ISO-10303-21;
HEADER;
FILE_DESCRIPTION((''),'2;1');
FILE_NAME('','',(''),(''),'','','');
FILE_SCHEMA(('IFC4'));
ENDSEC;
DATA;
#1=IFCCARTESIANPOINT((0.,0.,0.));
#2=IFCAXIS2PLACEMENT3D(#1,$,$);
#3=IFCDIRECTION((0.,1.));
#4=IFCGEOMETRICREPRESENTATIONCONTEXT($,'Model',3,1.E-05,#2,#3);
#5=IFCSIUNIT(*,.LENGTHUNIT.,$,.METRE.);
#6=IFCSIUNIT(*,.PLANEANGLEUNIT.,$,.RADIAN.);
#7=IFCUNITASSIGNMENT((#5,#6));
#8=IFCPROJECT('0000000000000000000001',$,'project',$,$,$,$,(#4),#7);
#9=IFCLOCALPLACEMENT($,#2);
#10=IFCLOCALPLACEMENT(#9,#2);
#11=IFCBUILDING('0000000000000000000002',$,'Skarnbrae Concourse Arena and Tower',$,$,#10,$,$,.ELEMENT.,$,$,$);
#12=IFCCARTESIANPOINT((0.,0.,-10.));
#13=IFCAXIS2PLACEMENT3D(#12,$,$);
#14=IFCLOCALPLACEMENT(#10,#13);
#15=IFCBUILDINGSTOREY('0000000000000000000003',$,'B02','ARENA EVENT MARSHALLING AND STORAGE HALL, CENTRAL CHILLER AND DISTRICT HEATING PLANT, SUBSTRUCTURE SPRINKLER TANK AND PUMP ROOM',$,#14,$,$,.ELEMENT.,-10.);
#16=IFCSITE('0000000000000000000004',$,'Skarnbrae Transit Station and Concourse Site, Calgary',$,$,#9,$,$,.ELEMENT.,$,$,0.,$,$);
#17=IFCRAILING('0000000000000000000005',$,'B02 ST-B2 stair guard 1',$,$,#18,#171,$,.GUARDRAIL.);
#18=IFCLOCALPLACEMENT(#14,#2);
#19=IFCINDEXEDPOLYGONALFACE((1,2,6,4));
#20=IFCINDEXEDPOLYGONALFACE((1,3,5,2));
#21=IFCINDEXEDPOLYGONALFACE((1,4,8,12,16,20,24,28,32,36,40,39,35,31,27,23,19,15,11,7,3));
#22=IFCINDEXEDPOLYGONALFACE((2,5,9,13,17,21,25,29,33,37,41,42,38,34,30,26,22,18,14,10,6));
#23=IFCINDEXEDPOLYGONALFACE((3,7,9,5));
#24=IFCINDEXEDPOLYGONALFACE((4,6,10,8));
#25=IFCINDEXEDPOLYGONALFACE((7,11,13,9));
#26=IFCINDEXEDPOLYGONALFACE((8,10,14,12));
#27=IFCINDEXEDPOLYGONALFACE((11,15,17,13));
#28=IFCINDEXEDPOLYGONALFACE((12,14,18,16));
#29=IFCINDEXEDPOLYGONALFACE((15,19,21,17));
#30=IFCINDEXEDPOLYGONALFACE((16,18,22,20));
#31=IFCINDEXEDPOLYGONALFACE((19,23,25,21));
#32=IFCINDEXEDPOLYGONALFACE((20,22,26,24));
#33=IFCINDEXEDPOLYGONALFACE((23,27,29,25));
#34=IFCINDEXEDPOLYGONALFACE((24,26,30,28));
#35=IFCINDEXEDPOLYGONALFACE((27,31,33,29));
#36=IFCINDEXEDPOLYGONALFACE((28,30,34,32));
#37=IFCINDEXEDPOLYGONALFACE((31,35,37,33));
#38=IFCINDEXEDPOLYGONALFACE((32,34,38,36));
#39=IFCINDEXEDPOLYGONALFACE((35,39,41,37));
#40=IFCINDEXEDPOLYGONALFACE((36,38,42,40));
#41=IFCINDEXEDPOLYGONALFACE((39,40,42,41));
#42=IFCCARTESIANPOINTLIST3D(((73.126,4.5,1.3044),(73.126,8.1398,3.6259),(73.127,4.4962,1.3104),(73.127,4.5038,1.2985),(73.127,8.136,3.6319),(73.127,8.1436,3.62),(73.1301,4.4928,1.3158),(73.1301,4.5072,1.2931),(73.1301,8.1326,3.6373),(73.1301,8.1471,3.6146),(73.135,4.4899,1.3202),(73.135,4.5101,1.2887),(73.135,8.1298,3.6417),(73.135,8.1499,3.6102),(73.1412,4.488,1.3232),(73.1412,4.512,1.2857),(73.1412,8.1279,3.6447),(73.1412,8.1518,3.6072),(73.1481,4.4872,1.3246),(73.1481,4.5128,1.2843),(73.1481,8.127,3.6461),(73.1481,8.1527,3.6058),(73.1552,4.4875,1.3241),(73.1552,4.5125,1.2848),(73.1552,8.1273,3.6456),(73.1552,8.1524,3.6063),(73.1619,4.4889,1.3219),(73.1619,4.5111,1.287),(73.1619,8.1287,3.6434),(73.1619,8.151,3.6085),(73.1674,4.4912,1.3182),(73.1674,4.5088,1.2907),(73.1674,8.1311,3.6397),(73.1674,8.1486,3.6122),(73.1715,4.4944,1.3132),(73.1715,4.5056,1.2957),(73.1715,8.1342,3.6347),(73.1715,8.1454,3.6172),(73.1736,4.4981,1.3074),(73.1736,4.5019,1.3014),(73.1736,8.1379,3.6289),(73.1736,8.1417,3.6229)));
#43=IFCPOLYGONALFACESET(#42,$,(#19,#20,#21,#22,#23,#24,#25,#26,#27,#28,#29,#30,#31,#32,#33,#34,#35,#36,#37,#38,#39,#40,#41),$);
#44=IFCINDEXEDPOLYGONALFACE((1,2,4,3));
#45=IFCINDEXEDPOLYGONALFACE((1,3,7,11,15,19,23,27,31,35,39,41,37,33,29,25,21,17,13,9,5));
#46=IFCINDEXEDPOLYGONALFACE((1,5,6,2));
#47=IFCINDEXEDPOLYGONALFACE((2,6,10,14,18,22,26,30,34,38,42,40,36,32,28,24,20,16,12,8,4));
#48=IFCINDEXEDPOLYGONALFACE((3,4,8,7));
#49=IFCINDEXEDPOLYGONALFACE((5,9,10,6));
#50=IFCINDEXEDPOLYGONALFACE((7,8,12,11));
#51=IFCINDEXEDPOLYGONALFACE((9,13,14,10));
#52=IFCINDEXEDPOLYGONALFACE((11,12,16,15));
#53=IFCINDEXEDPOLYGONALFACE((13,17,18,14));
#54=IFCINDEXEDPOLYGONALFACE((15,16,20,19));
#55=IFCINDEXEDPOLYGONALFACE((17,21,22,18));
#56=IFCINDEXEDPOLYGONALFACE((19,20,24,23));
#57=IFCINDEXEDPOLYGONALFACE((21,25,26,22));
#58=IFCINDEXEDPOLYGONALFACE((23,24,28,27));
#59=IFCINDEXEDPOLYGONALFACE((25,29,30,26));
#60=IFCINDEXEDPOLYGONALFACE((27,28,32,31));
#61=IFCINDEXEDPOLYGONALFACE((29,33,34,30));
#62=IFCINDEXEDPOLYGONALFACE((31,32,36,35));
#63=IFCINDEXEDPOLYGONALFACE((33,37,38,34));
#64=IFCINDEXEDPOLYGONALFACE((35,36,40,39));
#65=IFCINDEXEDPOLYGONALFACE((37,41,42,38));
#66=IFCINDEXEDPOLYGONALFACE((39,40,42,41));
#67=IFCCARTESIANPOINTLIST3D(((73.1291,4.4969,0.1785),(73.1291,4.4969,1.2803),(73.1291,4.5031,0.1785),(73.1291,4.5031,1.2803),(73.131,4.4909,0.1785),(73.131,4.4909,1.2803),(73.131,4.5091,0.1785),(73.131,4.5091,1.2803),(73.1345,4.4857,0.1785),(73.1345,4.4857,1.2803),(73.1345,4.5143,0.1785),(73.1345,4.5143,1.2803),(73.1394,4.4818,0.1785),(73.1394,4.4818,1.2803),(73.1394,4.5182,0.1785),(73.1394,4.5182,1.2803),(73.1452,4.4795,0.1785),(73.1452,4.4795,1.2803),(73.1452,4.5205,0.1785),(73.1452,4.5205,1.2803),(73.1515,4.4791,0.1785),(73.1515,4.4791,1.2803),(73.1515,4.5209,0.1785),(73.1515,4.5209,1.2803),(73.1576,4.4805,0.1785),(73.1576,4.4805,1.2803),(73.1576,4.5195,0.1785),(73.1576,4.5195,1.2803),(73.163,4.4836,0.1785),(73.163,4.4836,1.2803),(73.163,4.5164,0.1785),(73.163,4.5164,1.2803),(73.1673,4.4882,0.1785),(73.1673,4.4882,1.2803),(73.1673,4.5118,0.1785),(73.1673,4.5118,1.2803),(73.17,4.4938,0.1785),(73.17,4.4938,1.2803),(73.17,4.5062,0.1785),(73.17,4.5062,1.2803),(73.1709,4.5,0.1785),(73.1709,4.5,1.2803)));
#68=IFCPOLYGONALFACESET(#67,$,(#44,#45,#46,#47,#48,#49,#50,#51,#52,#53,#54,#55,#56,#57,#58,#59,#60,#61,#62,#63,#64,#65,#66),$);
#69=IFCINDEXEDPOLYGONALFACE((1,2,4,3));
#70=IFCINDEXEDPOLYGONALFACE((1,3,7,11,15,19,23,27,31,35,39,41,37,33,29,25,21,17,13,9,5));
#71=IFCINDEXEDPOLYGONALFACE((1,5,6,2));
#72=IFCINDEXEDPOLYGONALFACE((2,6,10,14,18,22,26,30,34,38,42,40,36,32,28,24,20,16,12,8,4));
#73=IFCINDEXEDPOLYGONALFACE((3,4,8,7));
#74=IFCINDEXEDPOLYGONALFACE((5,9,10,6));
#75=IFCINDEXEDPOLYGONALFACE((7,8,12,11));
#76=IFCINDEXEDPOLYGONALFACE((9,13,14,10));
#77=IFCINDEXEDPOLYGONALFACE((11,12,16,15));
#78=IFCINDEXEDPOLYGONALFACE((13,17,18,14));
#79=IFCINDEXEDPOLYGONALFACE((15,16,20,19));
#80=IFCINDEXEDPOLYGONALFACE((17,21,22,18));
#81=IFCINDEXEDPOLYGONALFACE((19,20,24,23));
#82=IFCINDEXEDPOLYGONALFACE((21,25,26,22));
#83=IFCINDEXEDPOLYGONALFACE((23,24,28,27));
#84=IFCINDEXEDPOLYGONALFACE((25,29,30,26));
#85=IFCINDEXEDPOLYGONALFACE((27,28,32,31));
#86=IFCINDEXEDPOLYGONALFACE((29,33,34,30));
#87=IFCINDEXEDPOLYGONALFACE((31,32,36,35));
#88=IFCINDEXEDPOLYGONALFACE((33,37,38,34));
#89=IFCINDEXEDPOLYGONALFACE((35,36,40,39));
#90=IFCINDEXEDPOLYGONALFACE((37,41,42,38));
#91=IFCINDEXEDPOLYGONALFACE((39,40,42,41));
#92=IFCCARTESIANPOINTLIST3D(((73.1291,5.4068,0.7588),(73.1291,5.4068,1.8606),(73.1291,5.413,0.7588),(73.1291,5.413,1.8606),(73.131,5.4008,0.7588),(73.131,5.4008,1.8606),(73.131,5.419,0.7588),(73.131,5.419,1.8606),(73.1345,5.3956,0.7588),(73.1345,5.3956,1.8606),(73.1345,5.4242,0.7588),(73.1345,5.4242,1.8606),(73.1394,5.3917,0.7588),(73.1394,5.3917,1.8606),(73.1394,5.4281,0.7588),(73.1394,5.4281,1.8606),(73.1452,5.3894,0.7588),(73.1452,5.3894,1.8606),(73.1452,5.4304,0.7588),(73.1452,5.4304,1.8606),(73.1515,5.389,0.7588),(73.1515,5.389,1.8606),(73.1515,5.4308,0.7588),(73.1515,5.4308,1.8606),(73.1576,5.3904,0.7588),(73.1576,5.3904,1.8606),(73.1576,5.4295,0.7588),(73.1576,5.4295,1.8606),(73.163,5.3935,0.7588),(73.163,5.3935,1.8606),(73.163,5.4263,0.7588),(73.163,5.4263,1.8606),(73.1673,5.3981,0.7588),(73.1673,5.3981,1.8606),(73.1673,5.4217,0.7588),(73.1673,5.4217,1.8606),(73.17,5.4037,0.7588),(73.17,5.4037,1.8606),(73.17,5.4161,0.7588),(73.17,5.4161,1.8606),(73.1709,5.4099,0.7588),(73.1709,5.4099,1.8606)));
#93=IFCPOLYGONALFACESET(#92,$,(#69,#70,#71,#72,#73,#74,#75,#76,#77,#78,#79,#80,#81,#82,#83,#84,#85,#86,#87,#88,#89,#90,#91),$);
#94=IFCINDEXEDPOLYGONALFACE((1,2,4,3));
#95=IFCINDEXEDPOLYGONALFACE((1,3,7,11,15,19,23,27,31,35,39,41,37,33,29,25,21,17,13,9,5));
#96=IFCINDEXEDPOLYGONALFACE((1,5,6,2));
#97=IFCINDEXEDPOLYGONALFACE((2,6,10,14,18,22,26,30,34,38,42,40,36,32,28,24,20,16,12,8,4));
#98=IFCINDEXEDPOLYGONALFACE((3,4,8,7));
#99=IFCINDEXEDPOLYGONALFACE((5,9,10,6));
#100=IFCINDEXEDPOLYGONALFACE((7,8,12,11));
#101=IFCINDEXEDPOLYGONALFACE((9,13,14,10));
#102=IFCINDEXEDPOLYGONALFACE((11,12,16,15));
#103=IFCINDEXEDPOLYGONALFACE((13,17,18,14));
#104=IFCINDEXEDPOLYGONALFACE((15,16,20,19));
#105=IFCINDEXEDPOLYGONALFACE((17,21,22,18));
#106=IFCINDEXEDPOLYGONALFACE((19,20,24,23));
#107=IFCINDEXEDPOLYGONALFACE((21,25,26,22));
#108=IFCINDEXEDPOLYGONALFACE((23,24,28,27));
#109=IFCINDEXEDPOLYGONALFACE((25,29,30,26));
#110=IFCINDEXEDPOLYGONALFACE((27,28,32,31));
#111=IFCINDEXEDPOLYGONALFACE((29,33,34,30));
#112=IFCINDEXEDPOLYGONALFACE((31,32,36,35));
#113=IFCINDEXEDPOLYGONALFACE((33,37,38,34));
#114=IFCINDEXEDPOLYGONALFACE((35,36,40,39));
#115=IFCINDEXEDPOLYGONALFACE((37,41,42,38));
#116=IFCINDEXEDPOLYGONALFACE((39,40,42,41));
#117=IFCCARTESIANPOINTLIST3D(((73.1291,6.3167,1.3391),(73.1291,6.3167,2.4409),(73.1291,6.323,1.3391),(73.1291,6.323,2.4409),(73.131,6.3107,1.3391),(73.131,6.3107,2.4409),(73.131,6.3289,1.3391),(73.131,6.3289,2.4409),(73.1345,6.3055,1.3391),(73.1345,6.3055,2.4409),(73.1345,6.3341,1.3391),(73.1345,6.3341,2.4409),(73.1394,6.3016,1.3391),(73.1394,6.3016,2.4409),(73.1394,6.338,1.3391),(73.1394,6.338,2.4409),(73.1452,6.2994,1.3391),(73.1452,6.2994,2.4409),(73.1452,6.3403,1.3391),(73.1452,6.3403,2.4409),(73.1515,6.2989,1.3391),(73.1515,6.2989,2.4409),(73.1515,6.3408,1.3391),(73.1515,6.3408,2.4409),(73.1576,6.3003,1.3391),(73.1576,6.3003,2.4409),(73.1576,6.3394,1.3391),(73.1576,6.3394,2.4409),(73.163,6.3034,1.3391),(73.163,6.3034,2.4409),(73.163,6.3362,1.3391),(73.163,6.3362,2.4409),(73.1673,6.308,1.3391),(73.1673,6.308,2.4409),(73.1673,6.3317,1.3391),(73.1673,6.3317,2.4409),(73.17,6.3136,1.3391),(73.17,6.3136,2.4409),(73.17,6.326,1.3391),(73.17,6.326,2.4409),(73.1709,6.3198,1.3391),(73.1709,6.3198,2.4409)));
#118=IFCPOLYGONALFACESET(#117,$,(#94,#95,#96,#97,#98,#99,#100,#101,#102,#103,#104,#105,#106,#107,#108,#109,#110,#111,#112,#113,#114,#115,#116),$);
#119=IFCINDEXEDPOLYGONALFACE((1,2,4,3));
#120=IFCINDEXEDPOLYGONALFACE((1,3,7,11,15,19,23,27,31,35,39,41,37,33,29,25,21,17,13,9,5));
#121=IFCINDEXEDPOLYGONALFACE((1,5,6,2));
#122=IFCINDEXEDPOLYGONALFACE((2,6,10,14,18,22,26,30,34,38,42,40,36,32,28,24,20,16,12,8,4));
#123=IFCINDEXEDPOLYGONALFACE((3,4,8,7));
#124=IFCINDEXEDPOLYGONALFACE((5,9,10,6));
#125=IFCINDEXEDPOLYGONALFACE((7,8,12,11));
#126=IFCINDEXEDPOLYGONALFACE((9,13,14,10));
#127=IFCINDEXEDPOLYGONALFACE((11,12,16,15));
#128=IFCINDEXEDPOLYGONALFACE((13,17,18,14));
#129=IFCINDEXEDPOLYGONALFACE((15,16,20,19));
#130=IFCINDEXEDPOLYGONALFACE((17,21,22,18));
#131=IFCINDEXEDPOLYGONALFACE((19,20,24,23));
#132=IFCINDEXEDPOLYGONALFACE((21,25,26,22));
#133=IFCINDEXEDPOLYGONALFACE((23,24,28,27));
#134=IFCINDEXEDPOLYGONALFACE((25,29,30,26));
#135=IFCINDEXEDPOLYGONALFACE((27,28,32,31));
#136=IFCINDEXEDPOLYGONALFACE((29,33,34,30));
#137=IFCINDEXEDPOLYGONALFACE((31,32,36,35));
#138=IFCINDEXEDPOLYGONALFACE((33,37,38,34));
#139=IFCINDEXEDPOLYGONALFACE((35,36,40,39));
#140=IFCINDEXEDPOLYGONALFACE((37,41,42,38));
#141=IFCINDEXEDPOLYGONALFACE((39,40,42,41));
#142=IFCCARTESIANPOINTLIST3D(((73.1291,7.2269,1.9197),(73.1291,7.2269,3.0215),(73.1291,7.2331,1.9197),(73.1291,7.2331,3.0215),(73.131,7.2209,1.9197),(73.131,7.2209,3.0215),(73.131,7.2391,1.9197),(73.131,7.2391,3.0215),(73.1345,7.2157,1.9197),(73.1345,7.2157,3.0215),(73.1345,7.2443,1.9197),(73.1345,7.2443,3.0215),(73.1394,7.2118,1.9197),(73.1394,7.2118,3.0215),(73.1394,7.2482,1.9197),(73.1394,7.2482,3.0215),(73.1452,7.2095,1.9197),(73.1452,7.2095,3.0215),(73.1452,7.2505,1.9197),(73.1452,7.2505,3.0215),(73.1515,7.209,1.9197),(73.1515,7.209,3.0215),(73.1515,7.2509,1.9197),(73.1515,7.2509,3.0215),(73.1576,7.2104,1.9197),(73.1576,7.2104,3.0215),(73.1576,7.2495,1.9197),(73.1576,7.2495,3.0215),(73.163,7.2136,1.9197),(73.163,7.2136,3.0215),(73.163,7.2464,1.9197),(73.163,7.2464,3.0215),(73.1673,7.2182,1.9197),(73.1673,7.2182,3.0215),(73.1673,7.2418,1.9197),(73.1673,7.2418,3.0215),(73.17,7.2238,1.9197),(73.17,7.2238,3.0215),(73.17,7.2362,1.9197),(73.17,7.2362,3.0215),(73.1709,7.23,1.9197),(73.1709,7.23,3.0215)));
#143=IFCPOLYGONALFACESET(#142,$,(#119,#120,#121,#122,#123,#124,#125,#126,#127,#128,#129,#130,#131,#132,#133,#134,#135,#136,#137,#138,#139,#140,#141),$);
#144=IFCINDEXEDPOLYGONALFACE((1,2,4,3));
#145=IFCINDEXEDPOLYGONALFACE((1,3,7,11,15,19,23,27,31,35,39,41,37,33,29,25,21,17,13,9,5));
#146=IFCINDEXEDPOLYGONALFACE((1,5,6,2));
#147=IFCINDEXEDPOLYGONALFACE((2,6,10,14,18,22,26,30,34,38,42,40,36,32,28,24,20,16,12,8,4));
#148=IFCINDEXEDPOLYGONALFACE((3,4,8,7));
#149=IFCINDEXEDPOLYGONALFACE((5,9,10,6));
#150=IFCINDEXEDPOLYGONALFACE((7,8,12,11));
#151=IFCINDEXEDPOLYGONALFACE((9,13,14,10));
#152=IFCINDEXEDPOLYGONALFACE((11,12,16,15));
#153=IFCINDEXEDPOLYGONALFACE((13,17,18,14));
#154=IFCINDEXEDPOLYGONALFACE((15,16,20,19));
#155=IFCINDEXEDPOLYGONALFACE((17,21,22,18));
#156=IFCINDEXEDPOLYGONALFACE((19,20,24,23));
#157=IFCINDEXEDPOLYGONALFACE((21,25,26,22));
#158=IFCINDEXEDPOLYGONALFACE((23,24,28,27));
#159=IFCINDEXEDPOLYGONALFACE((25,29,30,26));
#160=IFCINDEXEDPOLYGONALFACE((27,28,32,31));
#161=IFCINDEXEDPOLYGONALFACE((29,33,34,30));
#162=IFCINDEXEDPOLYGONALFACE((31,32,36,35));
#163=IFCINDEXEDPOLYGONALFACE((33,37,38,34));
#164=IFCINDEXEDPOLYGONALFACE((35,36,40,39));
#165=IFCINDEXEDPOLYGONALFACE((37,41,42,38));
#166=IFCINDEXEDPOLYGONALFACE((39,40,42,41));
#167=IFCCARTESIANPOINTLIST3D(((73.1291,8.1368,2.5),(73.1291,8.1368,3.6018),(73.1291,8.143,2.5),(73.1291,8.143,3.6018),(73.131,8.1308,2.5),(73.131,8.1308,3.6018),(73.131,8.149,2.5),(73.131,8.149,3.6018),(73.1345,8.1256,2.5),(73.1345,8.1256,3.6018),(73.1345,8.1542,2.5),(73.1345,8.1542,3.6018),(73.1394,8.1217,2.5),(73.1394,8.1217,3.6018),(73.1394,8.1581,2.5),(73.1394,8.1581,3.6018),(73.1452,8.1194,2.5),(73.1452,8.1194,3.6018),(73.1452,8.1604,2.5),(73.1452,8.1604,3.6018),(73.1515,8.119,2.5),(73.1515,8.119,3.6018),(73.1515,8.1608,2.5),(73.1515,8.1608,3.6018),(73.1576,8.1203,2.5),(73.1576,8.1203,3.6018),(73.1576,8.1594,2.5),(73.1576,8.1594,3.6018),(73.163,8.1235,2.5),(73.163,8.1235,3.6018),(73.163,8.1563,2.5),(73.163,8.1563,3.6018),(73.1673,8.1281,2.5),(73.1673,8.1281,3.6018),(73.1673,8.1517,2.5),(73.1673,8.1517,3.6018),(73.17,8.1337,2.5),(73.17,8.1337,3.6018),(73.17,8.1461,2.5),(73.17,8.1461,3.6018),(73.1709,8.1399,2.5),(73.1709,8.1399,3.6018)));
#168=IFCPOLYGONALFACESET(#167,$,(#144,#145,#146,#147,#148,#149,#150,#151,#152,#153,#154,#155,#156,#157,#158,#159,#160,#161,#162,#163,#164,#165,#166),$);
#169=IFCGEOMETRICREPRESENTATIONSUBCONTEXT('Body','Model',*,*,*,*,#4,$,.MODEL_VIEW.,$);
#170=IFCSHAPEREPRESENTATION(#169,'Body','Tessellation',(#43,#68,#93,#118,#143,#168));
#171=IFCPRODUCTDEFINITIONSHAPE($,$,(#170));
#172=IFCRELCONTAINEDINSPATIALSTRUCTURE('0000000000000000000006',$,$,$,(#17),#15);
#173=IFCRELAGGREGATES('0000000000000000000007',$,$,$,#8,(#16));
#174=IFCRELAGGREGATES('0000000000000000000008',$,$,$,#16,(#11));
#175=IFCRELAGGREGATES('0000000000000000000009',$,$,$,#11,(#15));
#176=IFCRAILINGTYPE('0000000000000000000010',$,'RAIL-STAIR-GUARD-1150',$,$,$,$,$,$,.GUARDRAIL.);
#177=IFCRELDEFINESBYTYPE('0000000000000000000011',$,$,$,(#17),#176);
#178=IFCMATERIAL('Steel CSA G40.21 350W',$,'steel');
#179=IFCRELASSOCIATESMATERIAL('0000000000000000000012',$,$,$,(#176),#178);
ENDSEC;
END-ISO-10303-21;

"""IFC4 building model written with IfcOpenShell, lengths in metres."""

from ifc_helpers import new_model, si_unit, direction, frame, origin, origin_2d, place, context, subcontext, project, spatial, circle, extrude, material, type_object, element, save


model = new_model("IFC4")

# Units and contexts
model_context = context("Model", 3, precision=1e-05, world=origin(), true_north=direction((0.0, 1.0)))
body_context = subcontext(model_context, "Body", "Model", "MODEL_VIEW")
ifc_project = project(units=[si_unit("LENGTHUNIT", "METRE"), si_unit("PLANEANGLEUNIT", "RADIAN")], contexts=[model_context])

# Site, building, storey
site_placement = place(None, origin())
site = spatial("IfcSite", under=ifc_project, at=site_placement, Name="Skarnbrae Transit Station and Concourse Site, Calgary", CompositionType="ELEMENT", RefElevation=0.0)
building_placement = place(site_placement, origin())
building = spatial("IfcBuilding", under=site, at=building_placement, Name="Skarnbrae Concourse Arena and Tower", CompositionType="ELEMENT")
storey_placement = place(building_placement, frame((0.0, 0.0, -10.0)))
storey = spatial("IfcBuildingStorey", under=building, at=storey_placement, Name="B02", Description="ARENA EVENT MARSHALLING AND STORAGE HALL, CENTRAL CHILLER AND DISTRICT HEATING PLANT, SUBSTRUCTURE SPRINKLER TANK AND PUMP ROOM", CompositionType="ELEMENT", Elevation=-10.0)

# Shared definitions
ifc_material_1 = material(Name="Steel CSA G40.21 350W", Category="steel")

# Railing
railing_type_1 = type_object("IfcRailingType", Name="RAIL-STAIR-GUARD-1150", PredefinedType="GUARDRAIL", material=ifc_material_1)
railing_1_placement = place(storey_placement, frame((73.1499, 4.5, 0.1785)))
element("IfcRailing", 1, at=railing_1_placement, inside=storey, type_object=railing_type_1, Name="B02 ST-B2 stair guard 1", PredefinedType="GUARDRAIL", context=body_context, shape_type="SweptSolid", body=[
    extrude(circle(Radius=0.0239, at=origin_2d()), frame((0.0, 0.0, 1.126), z_axis=(0.0, 0.843112, 0.537739), x_axis=(-1.0, 0.0, 0.0)), (0.0, 0.0, 1.0), 4.3171),
    extrude(circle(Radius=0.021, at=origin_2d()), origin(), (0.0, 0.0, 1.0), 1.1018),
    extrude(circle(Radius=0.021, at=origin_2d()), frame((0.0, 0.9099, 0.5803)), (0.0, 0.0, 1.0), 1.1018),
    extrude(circle(Radius=0.021, at=origin_2d()), frame((0.0, 1.8198, 1.1606)), (0.0, 0.0, 1.0), 1.1018),
    extrude(circle(Radius=0.021, at=origin_2d()), frame((0.0, 2.73, 1.7412)), (0.0, 0.0, 1.0), 1.1018),
    extrude(circle(Radius=0.021, at=origin_2d()), frame((0.0, 3.6399, 2.3215)), (0.0, 0.0, 1.0), 1.1018),
])

save(model, "model.ifc")
